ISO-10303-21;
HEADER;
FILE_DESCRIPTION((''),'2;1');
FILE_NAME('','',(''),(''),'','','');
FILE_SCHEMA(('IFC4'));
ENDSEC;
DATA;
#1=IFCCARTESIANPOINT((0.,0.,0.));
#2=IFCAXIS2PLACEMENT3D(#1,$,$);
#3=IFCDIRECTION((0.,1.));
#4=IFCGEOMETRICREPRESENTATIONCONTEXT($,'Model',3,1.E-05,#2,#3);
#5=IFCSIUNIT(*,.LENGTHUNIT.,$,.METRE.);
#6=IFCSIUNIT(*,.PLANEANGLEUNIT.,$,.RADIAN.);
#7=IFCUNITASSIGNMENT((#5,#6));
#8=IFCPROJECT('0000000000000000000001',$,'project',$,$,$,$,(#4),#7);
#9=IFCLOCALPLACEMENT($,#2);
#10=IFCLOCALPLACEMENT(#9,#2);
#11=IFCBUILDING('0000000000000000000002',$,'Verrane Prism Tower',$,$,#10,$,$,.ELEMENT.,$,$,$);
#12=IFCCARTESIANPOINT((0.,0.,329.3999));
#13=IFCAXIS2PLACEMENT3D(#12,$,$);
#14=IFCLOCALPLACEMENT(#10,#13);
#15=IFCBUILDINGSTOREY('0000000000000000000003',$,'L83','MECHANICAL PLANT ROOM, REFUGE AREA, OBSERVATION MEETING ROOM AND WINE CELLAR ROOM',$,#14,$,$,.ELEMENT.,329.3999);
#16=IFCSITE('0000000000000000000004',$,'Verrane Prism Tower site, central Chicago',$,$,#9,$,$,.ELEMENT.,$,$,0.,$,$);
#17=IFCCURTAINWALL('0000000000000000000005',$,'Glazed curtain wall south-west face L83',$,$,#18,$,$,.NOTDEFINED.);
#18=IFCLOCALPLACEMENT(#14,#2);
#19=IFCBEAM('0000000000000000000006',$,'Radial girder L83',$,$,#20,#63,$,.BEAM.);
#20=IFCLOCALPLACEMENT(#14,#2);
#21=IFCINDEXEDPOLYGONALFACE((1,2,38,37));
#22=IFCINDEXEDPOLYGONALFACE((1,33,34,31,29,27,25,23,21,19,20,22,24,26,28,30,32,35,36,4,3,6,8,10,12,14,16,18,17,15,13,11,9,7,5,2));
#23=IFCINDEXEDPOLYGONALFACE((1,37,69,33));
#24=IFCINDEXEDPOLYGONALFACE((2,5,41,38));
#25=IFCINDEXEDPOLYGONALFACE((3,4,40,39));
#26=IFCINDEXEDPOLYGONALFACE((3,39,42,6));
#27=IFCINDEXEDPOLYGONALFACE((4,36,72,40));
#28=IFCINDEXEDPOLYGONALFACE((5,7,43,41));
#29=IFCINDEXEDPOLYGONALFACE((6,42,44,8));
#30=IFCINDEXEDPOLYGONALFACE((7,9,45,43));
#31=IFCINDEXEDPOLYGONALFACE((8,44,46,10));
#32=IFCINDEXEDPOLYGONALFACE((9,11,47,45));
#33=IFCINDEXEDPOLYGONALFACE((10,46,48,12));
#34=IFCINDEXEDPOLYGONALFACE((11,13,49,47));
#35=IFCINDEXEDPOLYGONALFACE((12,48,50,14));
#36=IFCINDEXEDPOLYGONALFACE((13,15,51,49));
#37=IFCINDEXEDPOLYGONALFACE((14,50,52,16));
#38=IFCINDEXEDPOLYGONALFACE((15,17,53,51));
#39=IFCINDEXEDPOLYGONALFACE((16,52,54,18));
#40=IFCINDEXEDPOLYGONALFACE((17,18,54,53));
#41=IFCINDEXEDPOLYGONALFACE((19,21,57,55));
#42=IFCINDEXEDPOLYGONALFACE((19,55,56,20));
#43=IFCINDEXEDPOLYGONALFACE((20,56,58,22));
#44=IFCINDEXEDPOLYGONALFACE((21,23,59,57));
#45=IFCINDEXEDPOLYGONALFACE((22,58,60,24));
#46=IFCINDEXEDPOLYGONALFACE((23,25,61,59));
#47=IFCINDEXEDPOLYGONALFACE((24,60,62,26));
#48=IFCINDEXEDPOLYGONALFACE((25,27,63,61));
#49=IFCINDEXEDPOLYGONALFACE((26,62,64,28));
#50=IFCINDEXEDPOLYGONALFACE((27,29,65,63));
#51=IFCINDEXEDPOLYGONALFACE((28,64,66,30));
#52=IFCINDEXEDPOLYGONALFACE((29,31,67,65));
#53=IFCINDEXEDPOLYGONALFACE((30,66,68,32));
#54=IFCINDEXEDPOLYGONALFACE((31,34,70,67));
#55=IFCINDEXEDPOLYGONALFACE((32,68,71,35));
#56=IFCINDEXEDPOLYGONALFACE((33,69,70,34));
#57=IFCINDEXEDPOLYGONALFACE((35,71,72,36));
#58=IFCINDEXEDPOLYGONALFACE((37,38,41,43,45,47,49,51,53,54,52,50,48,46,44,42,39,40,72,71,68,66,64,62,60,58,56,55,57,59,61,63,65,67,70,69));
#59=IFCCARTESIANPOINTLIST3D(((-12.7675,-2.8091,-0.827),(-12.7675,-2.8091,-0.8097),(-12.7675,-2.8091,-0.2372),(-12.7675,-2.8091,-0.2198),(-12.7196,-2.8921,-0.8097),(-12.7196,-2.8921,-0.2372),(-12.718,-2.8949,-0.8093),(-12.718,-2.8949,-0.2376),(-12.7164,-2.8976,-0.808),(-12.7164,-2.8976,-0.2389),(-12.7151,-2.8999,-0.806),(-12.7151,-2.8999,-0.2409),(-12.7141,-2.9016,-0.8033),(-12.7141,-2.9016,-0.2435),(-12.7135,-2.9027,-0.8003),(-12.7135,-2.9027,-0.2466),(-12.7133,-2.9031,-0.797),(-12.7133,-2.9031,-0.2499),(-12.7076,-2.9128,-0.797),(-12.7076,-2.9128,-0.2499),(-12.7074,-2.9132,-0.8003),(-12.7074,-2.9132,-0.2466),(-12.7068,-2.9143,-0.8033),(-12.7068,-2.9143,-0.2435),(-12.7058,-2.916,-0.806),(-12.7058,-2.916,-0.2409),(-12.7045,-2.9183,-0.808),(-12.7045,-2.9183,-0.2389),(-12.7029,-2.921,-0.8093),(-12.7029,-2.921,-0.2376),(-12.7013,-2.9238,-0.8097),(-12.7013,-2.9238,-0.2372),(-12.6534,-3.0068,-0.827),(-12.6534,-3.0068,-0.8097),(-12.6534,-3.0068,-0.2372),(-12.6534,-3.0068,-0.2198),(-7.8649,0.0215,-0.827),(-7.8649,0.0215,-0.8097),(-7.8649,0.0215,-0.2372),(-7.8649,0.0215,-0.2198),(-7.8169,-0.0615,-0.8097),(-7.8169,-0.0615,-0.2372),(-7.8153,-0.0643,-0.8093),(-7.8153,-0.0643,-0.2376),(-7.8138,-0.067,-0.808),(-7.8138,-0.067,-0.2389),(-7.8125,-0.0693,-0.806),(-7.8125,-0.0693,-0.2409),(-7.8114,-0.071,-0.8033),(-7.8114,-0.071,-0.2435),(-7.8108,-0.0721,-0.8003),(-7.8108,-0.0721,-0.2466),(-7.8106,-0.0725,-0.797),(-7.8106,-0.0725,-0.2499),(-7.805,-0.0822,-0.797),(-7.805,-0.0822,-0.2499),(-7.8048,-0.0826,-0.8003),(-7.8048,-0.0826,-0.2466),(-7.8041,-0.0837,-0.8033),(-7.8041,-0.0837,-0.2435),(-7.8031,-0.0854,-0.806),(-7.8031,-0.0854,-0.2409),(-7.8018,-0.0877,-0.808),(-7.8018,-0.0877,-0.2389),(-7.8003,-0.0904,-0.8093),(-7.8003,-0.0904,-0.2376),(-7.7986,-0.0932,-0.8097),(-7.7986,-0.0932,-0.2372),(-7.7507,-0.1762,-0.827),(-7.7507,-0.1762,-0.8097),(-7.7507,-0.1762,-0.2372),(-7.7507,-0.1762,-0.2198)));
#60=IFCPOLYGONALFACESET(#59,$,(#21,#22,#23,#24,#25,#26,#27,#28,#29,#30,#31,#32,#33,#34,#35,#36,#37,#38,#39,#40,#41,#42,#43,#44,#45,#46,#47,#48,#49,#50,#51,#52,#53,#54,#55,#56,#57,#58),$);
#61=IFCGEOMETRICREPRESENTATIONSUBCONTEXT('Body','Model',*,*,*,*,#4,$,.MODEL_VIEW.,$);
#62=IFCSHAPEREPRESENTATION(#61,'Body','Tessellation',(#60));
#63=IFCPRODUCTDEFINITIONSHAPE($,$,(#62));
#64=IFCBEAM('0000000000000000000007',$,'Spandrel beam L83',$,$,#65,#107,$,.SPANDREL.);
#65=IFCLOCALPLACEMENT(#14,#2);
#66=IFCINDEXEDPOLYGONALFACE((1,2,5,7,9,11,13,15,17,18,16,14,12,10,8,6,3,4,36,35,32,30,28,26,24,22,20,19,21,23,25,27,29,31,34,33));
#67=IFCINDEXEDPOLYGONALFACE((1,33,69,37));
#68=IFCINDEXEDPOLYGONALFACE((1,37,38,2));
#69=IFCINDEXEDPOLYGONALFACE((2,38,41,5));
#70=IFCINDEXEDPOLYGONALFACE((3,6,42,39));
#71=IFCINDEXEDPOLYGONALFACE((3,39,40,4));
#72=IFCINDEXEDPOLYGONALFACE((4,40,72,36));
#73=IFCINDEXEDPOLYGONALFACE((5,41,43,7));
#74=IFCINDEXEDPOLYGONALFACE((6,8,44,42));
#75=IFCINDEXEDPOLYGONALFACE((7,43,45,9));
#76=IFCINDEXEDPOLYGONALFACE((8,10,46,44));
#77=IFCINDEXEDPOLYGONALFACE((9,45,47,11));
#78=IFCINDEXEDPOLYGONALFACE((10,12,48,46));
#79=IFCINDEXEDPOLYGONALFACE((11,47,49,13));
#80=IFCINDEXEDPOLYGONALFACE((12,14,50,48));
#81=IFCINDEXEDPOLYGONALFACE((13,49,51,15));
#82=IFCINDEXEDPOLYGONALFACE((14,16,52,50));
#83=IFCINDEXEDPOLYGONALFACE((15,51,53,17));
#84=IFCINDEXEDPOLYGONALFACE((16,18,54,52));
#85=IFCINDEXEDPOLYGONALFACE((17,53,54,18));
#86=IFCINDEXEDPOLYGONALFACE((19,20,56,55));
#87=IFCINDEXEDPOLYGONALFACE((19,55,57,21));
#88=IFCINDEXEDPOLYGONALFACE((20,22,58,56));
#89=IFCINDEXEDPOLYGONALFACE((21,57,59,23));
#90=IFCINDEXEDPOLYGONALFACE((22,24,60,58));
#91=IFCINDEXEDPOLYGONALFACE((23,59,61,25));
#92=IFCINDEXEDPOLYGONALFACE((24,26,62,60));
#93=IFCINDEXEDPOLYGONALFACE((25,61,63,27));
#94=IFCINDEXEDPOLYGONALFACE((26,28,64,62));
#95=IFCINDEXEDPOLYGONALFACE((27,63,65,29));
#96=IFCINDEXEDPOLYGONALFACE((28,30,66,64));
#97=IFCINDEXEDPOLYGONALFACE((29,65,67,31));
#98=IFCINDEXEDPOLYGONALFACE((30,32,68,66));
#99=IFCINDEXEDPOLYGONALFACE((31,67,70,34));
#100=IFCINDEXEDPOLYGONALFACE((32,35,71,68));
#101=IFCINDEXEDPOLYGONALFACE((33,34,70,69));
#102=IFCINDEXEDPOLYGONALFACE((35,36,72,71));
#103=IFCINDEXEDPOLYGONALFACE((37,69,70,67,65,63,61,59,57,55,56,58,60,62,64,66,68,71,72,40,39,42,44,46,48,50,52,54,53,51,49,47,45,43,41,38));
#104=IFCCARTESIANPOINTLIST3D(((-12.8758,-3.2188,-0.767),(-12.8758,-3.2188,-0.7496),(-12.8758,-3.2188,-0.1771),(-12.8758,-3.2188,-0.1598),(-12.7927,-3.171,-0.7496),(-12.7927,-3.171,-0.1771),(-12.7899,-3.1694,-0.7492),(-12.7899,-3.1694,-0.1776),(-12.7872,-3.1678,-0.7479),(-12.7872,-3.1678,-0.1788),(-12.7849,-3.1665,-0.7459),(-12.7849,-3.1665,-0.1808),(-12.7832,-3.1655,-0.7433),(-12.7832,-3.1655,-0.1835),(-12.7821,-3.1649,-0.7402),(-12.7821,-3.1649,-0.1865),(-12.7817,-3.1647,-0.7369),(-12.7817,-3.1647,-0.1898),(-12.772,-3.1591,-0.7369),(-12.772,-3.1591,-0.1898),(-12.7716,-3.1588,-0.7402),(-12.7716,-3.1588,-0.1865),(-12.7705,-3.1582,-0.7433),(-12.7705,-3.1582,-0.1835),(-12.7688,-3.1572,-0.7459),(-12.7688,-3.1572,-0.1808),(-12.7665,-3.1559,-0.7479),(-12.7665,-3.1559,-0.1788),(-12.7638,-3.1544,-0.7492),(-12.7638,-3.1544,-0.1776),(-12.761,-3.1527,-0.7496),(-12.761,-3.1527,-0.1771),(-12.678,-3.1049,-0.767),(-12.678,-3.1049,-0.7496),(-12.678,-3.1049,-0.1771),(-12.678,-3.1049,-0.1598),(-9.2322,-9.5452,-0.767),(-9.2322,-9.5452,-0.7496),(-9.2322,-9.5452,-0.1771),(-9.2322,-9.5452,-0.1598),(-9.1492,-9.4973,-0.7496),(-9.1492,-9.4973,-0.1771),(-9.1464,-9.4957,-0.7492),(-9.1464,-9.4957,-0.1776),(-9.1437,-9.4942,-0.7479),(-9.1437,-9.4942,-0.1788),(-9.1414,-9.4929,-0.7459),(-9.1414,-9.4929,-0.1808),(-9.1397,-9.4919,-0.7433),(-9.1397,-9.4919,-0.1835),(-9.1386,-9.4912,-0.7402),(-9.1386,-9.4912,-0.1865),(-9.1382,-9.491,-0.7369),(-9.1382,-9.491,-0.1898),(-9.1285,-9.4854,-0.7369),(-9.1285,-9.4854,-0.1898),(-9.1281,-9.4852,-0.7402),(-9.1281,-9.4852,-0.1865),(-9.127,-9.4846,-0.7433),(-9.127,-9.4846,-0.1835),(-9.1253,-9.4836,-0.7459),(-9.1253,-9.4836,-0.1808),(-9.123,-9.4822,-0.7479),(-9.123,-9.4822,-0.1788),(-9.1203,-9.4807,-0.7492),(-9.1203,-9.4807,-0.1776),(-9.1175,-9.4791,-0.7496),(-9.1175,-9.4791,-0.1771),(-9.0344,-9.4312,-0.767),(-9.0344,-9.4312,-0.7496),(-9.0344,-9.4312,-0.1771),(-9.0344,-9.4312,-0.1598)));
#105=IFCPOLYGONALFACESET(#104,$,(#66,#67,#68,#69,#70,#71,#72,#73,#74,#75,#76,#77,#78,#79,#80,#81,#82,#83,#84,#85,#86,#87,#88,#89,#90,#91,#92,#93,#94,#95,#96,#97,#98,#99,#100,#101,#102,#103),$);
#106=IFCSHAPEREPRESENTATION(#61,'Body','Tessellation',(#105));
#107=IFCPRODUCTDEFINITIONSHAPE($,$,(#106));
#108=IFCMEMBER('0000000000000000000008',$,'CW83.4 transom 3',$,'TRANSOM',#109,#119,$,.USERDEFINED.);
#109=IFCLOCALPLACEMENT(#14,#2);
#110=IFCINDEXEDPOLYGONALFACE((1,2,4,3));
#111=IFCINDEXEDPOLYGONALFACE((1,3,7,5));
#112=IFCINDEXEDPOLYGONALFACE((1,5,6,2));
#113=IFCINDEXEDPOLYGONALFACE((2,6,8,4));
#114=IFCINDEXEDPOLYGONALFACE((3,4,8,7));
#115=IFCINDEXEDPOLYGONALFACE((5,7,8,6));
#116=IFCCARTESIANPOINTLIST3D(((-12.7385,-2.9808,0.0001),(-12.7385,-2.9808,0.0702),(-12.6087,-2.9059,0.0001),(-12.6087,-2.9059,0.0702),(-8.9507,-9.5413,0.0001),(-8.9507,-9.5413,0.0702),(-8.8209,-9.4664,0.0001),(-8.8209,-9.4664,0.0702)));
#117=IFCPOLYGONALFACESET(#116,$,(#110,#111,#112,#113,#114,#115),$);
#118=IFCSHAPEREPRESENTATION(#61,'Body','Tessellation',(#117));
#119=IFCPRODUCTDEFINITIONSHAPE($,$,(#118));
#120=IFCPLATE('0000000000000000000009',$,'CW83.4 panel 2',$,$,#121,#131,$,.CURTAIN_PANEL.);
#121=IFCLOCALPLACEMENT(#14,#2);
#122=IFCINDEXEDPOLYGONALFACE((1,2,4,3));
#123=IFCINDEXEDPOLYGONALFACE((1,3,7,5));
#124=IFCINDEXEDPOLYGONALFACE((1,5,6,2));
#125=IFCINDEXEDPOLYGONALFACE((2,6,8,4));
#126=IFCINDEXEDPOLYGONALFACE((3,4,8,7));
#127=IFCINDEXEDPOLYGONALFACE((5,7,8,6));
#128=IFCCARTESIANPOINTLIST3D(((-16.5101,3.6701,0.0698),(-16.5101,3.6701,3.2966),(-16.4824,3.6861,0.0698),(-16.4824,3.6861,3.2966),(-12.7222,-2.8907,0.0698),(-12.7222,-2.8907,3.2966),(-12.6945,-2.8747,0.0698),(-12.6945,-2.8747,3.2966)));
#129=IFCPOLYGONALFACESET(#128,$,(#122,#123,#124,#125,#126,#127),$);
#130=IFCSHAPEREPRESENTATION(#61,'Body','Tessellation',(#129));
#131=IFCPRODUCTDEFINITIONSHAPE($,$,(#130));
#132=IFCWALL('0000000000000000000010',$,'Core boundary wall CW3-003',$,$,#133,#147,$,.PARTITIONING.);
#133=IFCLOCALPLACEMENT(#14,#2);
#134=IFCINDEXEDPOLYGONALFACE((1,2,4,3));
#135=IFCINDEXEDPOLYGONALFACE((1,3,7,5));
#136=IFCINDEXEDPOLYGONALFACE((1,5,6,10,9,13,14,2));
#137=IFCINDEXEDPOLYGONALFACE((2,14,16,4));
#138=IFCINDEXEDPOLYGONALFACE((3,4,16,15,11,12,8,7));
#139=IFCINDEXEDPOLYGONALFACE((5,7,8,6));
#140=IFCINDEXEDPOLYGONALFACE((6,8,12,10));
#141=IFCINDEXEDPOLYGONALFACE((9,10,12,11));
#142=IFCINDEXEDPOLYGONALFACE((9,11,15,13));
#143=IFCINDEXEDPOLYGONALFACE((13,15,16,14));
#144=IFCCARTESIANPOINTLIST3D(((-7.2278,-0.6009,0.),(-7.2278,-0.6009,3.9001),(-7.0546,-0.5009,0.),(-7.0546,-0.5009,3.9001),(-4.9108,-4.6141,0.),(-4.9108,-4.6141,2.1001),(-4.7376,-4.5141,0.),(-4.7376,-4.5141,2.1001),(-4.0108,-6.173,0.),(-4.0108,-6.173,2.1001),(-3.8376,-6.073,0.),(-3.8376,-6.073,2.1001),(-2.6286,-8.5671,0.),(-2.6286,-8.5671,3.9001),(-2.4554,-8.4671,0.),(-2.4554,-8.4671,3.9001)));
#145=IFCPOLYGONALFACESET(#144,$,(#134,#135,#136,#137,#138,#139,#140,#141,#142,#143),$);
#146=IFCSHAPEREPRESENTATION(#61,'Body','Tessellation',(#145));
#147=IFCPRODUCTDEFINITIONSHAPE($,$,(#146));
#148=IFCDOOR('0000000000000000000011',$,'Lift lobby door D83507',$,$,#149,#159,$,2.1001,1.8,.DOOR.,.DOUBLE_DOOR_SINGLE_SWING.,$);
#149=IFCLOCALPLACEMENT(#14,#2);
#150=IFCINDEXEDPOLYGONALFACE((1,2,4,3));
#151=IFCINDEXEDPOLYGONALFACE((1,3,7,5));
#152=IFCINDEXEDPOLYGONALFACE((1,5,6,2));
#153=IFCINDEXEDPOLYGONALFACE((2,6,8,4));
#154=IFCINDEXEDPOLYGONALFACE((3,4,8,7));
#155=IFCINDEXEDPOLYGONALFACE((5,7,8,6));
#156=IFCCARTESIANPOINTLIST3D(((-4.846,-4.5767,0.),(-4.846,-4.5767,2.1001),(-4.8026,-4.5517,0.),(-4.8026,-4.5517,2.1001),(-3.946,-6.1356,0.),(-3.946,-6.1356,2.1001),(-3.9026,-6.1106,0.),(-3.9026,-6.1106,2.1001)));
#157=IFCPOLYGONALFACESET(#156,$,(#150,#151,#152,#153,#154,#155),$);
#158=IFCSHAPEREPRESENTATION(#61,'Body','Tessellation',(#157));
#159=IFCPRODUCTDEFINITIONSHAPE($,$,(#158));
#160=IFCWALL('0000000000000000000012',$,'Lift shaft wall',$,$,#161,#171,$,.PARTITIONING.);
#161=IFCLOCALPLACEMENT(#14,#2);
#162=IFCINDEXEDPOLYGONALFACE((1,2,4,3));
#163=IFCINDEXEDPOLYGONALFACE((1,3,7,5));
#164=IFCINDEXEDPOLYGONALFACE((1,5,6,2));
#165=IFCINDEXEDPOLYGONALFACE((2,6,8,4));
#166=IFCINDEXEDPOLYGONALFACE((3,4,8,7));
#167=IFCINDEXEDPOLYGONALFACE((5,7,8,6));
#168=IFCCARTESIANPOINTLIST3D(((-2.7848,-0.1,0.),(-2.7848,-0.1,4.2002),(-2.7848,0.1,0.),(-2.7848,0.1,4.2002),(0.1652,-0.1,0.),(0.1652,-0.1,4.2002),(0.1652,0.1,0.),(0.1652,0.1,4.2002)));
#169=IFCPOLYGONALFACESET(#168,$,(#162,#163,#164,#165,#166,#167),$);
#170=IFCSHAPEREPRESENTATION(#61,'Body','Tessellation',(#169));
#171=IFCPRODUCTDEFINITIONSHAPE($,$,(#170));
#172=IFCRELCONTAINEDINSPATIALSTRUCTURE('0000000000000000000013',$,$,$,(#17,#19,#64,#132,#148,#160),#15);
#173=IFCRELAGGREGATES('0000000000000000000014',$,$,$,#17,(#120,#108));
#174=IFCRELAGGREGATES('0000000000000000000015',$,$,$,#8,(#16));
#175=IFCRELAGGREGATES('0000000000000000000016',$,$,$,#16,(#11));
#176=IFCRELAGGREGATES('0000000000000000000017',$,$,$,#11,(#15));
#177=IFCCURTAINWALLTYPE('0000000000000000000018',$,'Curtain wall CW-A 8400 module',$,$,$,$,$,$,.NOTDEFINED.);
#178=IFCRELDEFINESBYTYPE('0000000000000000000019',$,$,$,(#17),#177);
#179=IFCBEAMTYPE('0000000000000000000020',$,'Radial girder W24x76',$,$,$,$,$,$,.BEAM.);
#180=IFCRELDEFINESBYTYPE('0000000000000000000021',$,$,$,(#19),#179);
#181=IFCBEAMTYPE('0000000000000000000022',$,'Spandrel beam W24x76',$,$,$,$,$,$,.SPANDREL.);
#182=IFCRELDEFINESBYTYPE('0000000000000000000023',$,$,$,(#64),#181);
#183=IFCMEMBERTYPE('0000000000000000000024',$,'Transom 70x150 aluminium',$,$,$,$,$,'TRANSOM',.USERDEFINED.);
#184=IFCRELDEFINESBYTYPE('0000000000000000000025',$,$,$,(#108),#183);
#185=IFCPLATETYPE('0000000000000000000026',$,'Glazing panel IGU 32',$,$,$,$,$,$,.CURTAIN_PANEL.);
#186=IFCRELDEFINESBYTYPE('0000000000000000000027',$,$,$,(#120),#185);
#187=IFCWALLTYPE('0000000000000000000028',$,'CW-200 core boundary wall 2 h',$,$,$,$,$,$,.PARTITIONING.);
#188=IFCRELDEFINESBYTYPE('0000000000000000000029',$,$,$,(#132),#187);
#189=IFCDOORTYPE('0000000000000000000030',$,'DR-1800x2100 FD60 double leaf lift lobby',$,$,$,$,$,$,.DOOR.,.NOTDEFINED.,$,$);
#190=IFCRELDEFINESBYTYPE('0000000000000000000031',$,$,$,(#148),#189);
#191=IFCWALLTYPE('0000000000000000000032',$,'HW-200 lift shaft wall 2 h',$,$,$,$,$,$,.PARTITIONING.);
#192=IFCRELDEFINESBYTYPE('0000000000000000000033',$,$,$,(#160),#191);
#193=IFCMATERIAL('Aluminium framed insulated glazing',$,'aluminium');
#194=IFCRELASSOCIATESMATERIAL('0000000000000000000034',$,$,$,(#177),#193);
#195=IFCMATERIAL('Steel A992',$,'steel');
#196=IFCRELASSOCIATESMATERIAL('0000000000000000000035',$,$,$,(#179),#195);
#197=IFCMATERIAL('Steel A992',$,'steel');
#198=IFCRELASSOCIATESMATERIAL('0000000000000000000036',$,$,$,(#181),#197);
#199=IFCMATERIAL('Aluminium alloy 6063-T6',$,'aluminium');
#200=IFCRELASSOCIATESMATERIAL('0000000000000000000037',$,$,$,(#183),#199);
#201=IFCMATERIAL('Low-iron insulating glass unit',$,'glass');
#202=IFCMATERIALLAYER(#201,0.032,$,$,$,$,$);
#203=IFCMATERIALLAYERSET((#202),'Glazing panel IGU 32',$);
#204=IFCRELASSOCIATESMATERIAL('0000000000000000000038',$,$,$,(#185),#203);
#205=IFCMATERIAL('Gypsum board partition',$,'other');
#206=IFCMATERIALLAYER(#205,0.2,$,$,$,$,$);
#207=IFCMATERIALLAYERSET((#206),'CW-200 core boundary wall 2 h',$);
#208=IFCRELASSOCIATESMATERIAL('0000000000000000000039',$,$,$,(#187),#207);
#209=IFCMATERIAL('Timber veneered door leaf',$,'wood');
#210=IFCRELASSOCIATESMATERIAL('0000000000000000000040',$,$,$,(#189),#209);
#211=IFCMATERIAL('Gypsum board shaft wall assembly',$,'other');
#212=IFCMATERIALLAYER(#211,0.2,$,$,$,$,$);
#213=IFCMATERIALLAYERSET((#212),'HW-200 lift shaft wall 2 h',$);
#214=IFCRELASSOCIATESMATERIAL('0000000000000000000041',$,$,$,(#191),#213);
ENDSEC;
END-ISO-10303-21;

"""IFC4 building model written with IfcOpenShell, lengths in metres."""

from ifc_helpers import new_model, si_unit, direction, frame, frame_2d, origin, origin_2d, place, context, subcontext, project, spatial, rectangle, i_section, extrude, material, layer, layer_set, material_profile, profile_set, type_object, element, fill, aggregate, save


model = new_model("IFC4")

# Units and contexts
model_context = context("Model", 3, precision=1e-05, world=origin(), true_north=direction((0.0, 1.0)))
body_context = subcontext(model_context, "Body", "Model", "MODEL_VIEW")
ifc_project = project(units=[si_unit("LENGTHUNIT", "METRE"), si_unit("PLANEANGLEUNIT", "RADIAN")], contexts=[model_context])

# Site, building, storey
site_placement = place(None, origin())
site = spatial("IfcSite", under=ifc_project, at=site_placement, Name="Verrane Prism Tower site, central Chicago", CompositionType="ELEMENT", RefElevation=0.0)
building_placement = place(site_placement, origin())
building = spatial("IfcBuilding", under=site, at=building_placement, Name="Verrane Prism Tower", CompositionType="ELEMENT")
storey_placement = place(building_placement, frame((0.0, 0.0, 329.3999)))
storey = spatial("IfcBuildingStorey", under=building, at=storey_placement, Name="L83", Description="MECHANICAL PLANT ROOM, REFUGE AREA, OBSERVATION MEETING ROOM AND WINE CELLAR ROOM", CompositionType="ELEMENT", Elevation=329.3999)

# Curtain wall
ifc_material_1 = material(Name="Aluminium framed insulated glazing", Category="aluminium")
curtain_wall_type = type_object("IfcCurtainWallType", Name="Curtain wall CW-A 8400 module", PredefinedType="NOTDEFINED", material=ifc_material_1)
curtain_wall_placement = place(storey_placement, origin())
curtain_wall = element("IfcCurtainWall", 1, at=curtain_wall_placement, inside=storey, type_object=curtain_wall_type, Name="Glazed curtain wall south-west face L83", PredefinedType="NOTDEFINED")

# Beams
ifc_material_2 = material(Name="Steel A992", Category="steel")
ifc_material_profile_1 = material_profile(ifc_material_2, i_section(OverallWidth=0.2283, OverallDepth=0.6072, WebThickness=0.0112, FlangeThickness=0.0173, FilletRadius=0.0127, at=origin_2d()), Name="W24x76")
ifc_profile_set_1 = profile_set([ifc_material_profile_1], Name="Steel A992")
beam_type_1 = type_object("IfcBeamType", Name="Radial girder W24x76", PredefinedType="BEAM", material=ifc_profile_set_1)
beam_1_placement = place(storey_placement, frame((-12.7104, -2.908, -0.5234), z_axis=(0.866021, 0.500007, 0.0), x_axis=(-0.500007, 0.866021, 0.0)))
element("IfcBeam", 2, at=beam_1_placement, inside=storey, type_object=beam_type_1, Name="Radial girder L83", PredefinedType="BEAM", context=body_context, shape_type="SweptSolid", body=[
    extrude(i_section(OverallWidth=0.2283, OverallDepth=0.6072, WebThickness=0.0112, FlangeThickness=0.0173, FilletRadius=0.0127, at=origin_2d()), origin(), (0.0, 0.0, 1.0), 5.6611),
])
ifc_material_3 = material(Name="Steel A992", Category="steel")
ifc_material_profile_2 = material_profile(ifc_material_3, i_section(OverallWidth=0.2283, OverallDepth=0.6072, WebThickness=0.0112, FlangeThickness=0.0173, FilletRadius=0.0127, at=origin_2d()), Name="W24x76")
ifc_profile_set_2 = profile_set([ifc_material_profile_2], Name="Steel A992")
beam_type_2 = type_object("IfcBeamType", Name="Spandrel beam W24x76", PredefinedType="SPANDREL", material=ifc_profile_set_2)
beam_2_placement = place(storey_placement, frame((-12.7769, -3.1619, -0.4634), z_axis=(0.499075, -0.866559, 0.0), x_axis=(0.866559, 0.499075, 0.0)))
element("IfcBeam", 3, at=beam_2_placement, inside=storey, type_object=beam_type_2, Name="Spandrel beam L83", PredefinedType="SPANDREL", context=body_context, shape_type="SweptSolid", body=[
    extrude(i_section(OverallWidth=0.2283, OverallDepth=0.6072, WebThickness=0.0112, FlangeThickness=0.0173, FilletRadius=0.0127, at=origin_2d()), origin(), (0.0, 0.0, 1.0), 7.3005),
])

# Member
ifc_material_4 = material(Name="Aluminium alloy 6063-T6", Category="aluminium")
ifc_material_profile_3 = material_profile(ifc_material_4, rectangle(XDim=0.1499, YDim=0.0701, at=origin_2d()), Name="Transom 70x150 aluminium")
ifc_profile_set_3 = profile_set([ifc_material_profile_3], Name="Aluminium alloy 6063-T6")
member_type_1 = type_object("IfcMemberType", Name="Transom 70x150 aluminium", ElementType="TRANSOM", PredefinedType="USERDEFINED", material=ifc_profile_set_3)
member_1_placement = place(storey_placement, frame((-12.6736, -2.9434, 0.0352), z_axis=(0.500011, -0.866019, 0.0), x_axis=(0.866019, 0.500011, 0.0)))
member_1 = element("IfcMember", 4, at=member_1_placement, type_object=member_type_1, Name="CW83.4 transom 3", ObjectType="TRANSOM", PredefinedType="USERDEFINED", context=body_context, shape_type="SweptSolid", body=[
    extrude(rectangle(XDim=0.1499, YDim=0.0701, at=origin_2d()), origin(), (0.0, 0.0, 1.0), 7.5754),
])

# Plate
ifc_material_5 = material(Name="Low-iron insulating glass unit", Category="glass")
ifc_layer_1 = layer(ifc_material_5, 0.032)
ifc_layer_set_1 = layer_set([ifc_layer_1], Name="Glazing panel IGU 32")
plate_type = type_object("IfcPlateType", Name="Glazing panel IGU 32", PredefinedType="CURTAIN_PANEL", material=ifc_layer_set_1)
plate_placement = place(storey_placement, frame((-14.6023, 0.3977, 0.0698), z_axis=(0.0, 0.0, 1.0), x_axis=(0.5, -0.866025, 0.0)))
plate = element("IfcPlate", 5, at=plate_placement, type_object=plate_type, Name="CW83.4 panel 2", PredefinedType="CURTAIN_PANEL", context=body_context, shape_type="SweptSolid", body=[
    extrude(rectangle(XDim=7.5757, YDim=0.032, at=origin_2d()), origin(), (0.0, 0.0, 1.0), 3.2268),
])
aggregate(curtain_wall, [plate, member_1])

# Wall, opening, door
ifc_material_6 = material(Name="Gypsum board partition", Category="other")
ifc_layer_2 = layer(ifc_material_6, 0.2)
ifc_layer_set_2 = layer_set([ifc_layer_2], Name="CW-200 core boundary wall 2 h")
wall_type_1 = type_object("IfcWallType", Name="CW-200 core boundary wall 2 h", PredefinedType="PARTITIONING", material=ifc_layer_set_2)
wall_1_placement = place(storey_placement, frame((-7.1411, -0.551, 0.0), z_axis=(0.0, 0.0, 1.0), x_axis=(0.499993, -0.86603, 0.0)))
wall_1 = element("IfcWall", 6, at=wall_1_placement, inside=storey, type_object=wall_type_1, Name="Core boundary wall CW3-003", PredefinedType="PARTITIONING", context=body_context, shape_type="SweptSolid", body=[
    extrude(rectangle(XDim=9.1985, YDim=0.2, at=frame_2d((4.5991, 0.0))), origin(), (0.0, 0.0, 1.0), 3.9001),
])
opening_1_placement = place(wall_1_placement, frame((4.634, 0.0, 0.0)))
opening_1 = element("IfcOpeningElement", 7, at=opening_1_placement, cuts=wall_1, PredefinedType="OPENING", context=body_context, shape_type="SweptSolid", body=[
    extrude(rectangle(XDim=1.8, YDim=2.1001, at=frame_2d((0.8999, 1.05))), frame((0.0, 0.1099, 0.0), z_axis=(0.0, -1.0, 0.0), x_axis=(1.0, 0.0, 0.0)), (0.0, 0.0, 1.0), 0.22),
])
ifc_material_7 = material(Name="Timber veneered door leaf", Category="wood")
door_type_1 = type_object("IfcDoorType", Name="DR-1800x2100 FD60 double leaf lift lobby", OperationType="NOTDEFINED", PredefinedType="DOOR", material=ifc_material_7)
door_1_placement = place(opening_1_placement, origin())
door_1 = element("IfcDoor", 8, at=door_1_placement, inside=storey, type_object=door_type_1, Name="Lift lobby door D83507", OperationType="DOUBLE_DOOR_SINGLE_SWING", OverallHeight=2.1001, OverallWidth=1.8, PredefinedType="DOOR", context=body_context, shape_type="SweptSolid", body=[
    extrude(rectangle(XDim=1.8, YDim=2.1001, at=frame_2d((0.8999, 1.05))), frame((0.0, 0.0249, 0.0), z_axis=(0.0, -1.0, 0.0), x_axis=(1.0, 0.0, 0.0)), (0.0, 0.0, 1.0), 0.05),
])
fill(opening_1, door_1)

# Wall
ifc_material_8 = material(Name="Gypsum board shaft wall assembly", Category="other")
ifc_layer_3 = layer(ifc_material_8, 0.2)
ifc_layer_set_3 = layer_set([ifc_layer_3], Name="HW-200 lift shaft wall 2 h")
wall_type_2 = type_object("IfcWallType", Name="HW-200 lift shaft wall 2 h", PredefinedType="PARTITIONING", material=ifc_layer_set_3)
wall_2_placement = place(storey_placement, frame((-2.7849, 0.0, 0.0), z_axis=(0.0, 0.0, 1.0), x_axis=(1.0, 0.0, 0.0)))
element("IfcWall", 9, at=wall_2_placement, inside=storey, type_object=wall_type_2, Name="Lift shaft wall", PredefinedType="PARTITIONING", context=body_context, shape_type="SweptSolid", body=[
    extrude(rectangle(XDim=2.95, YDim=0.2, at=frame_2d((1.4751, 0.0))), origin(), (0.0, 0.0, 1.0), 4.2002),
])

save(model, "model.ifc")
